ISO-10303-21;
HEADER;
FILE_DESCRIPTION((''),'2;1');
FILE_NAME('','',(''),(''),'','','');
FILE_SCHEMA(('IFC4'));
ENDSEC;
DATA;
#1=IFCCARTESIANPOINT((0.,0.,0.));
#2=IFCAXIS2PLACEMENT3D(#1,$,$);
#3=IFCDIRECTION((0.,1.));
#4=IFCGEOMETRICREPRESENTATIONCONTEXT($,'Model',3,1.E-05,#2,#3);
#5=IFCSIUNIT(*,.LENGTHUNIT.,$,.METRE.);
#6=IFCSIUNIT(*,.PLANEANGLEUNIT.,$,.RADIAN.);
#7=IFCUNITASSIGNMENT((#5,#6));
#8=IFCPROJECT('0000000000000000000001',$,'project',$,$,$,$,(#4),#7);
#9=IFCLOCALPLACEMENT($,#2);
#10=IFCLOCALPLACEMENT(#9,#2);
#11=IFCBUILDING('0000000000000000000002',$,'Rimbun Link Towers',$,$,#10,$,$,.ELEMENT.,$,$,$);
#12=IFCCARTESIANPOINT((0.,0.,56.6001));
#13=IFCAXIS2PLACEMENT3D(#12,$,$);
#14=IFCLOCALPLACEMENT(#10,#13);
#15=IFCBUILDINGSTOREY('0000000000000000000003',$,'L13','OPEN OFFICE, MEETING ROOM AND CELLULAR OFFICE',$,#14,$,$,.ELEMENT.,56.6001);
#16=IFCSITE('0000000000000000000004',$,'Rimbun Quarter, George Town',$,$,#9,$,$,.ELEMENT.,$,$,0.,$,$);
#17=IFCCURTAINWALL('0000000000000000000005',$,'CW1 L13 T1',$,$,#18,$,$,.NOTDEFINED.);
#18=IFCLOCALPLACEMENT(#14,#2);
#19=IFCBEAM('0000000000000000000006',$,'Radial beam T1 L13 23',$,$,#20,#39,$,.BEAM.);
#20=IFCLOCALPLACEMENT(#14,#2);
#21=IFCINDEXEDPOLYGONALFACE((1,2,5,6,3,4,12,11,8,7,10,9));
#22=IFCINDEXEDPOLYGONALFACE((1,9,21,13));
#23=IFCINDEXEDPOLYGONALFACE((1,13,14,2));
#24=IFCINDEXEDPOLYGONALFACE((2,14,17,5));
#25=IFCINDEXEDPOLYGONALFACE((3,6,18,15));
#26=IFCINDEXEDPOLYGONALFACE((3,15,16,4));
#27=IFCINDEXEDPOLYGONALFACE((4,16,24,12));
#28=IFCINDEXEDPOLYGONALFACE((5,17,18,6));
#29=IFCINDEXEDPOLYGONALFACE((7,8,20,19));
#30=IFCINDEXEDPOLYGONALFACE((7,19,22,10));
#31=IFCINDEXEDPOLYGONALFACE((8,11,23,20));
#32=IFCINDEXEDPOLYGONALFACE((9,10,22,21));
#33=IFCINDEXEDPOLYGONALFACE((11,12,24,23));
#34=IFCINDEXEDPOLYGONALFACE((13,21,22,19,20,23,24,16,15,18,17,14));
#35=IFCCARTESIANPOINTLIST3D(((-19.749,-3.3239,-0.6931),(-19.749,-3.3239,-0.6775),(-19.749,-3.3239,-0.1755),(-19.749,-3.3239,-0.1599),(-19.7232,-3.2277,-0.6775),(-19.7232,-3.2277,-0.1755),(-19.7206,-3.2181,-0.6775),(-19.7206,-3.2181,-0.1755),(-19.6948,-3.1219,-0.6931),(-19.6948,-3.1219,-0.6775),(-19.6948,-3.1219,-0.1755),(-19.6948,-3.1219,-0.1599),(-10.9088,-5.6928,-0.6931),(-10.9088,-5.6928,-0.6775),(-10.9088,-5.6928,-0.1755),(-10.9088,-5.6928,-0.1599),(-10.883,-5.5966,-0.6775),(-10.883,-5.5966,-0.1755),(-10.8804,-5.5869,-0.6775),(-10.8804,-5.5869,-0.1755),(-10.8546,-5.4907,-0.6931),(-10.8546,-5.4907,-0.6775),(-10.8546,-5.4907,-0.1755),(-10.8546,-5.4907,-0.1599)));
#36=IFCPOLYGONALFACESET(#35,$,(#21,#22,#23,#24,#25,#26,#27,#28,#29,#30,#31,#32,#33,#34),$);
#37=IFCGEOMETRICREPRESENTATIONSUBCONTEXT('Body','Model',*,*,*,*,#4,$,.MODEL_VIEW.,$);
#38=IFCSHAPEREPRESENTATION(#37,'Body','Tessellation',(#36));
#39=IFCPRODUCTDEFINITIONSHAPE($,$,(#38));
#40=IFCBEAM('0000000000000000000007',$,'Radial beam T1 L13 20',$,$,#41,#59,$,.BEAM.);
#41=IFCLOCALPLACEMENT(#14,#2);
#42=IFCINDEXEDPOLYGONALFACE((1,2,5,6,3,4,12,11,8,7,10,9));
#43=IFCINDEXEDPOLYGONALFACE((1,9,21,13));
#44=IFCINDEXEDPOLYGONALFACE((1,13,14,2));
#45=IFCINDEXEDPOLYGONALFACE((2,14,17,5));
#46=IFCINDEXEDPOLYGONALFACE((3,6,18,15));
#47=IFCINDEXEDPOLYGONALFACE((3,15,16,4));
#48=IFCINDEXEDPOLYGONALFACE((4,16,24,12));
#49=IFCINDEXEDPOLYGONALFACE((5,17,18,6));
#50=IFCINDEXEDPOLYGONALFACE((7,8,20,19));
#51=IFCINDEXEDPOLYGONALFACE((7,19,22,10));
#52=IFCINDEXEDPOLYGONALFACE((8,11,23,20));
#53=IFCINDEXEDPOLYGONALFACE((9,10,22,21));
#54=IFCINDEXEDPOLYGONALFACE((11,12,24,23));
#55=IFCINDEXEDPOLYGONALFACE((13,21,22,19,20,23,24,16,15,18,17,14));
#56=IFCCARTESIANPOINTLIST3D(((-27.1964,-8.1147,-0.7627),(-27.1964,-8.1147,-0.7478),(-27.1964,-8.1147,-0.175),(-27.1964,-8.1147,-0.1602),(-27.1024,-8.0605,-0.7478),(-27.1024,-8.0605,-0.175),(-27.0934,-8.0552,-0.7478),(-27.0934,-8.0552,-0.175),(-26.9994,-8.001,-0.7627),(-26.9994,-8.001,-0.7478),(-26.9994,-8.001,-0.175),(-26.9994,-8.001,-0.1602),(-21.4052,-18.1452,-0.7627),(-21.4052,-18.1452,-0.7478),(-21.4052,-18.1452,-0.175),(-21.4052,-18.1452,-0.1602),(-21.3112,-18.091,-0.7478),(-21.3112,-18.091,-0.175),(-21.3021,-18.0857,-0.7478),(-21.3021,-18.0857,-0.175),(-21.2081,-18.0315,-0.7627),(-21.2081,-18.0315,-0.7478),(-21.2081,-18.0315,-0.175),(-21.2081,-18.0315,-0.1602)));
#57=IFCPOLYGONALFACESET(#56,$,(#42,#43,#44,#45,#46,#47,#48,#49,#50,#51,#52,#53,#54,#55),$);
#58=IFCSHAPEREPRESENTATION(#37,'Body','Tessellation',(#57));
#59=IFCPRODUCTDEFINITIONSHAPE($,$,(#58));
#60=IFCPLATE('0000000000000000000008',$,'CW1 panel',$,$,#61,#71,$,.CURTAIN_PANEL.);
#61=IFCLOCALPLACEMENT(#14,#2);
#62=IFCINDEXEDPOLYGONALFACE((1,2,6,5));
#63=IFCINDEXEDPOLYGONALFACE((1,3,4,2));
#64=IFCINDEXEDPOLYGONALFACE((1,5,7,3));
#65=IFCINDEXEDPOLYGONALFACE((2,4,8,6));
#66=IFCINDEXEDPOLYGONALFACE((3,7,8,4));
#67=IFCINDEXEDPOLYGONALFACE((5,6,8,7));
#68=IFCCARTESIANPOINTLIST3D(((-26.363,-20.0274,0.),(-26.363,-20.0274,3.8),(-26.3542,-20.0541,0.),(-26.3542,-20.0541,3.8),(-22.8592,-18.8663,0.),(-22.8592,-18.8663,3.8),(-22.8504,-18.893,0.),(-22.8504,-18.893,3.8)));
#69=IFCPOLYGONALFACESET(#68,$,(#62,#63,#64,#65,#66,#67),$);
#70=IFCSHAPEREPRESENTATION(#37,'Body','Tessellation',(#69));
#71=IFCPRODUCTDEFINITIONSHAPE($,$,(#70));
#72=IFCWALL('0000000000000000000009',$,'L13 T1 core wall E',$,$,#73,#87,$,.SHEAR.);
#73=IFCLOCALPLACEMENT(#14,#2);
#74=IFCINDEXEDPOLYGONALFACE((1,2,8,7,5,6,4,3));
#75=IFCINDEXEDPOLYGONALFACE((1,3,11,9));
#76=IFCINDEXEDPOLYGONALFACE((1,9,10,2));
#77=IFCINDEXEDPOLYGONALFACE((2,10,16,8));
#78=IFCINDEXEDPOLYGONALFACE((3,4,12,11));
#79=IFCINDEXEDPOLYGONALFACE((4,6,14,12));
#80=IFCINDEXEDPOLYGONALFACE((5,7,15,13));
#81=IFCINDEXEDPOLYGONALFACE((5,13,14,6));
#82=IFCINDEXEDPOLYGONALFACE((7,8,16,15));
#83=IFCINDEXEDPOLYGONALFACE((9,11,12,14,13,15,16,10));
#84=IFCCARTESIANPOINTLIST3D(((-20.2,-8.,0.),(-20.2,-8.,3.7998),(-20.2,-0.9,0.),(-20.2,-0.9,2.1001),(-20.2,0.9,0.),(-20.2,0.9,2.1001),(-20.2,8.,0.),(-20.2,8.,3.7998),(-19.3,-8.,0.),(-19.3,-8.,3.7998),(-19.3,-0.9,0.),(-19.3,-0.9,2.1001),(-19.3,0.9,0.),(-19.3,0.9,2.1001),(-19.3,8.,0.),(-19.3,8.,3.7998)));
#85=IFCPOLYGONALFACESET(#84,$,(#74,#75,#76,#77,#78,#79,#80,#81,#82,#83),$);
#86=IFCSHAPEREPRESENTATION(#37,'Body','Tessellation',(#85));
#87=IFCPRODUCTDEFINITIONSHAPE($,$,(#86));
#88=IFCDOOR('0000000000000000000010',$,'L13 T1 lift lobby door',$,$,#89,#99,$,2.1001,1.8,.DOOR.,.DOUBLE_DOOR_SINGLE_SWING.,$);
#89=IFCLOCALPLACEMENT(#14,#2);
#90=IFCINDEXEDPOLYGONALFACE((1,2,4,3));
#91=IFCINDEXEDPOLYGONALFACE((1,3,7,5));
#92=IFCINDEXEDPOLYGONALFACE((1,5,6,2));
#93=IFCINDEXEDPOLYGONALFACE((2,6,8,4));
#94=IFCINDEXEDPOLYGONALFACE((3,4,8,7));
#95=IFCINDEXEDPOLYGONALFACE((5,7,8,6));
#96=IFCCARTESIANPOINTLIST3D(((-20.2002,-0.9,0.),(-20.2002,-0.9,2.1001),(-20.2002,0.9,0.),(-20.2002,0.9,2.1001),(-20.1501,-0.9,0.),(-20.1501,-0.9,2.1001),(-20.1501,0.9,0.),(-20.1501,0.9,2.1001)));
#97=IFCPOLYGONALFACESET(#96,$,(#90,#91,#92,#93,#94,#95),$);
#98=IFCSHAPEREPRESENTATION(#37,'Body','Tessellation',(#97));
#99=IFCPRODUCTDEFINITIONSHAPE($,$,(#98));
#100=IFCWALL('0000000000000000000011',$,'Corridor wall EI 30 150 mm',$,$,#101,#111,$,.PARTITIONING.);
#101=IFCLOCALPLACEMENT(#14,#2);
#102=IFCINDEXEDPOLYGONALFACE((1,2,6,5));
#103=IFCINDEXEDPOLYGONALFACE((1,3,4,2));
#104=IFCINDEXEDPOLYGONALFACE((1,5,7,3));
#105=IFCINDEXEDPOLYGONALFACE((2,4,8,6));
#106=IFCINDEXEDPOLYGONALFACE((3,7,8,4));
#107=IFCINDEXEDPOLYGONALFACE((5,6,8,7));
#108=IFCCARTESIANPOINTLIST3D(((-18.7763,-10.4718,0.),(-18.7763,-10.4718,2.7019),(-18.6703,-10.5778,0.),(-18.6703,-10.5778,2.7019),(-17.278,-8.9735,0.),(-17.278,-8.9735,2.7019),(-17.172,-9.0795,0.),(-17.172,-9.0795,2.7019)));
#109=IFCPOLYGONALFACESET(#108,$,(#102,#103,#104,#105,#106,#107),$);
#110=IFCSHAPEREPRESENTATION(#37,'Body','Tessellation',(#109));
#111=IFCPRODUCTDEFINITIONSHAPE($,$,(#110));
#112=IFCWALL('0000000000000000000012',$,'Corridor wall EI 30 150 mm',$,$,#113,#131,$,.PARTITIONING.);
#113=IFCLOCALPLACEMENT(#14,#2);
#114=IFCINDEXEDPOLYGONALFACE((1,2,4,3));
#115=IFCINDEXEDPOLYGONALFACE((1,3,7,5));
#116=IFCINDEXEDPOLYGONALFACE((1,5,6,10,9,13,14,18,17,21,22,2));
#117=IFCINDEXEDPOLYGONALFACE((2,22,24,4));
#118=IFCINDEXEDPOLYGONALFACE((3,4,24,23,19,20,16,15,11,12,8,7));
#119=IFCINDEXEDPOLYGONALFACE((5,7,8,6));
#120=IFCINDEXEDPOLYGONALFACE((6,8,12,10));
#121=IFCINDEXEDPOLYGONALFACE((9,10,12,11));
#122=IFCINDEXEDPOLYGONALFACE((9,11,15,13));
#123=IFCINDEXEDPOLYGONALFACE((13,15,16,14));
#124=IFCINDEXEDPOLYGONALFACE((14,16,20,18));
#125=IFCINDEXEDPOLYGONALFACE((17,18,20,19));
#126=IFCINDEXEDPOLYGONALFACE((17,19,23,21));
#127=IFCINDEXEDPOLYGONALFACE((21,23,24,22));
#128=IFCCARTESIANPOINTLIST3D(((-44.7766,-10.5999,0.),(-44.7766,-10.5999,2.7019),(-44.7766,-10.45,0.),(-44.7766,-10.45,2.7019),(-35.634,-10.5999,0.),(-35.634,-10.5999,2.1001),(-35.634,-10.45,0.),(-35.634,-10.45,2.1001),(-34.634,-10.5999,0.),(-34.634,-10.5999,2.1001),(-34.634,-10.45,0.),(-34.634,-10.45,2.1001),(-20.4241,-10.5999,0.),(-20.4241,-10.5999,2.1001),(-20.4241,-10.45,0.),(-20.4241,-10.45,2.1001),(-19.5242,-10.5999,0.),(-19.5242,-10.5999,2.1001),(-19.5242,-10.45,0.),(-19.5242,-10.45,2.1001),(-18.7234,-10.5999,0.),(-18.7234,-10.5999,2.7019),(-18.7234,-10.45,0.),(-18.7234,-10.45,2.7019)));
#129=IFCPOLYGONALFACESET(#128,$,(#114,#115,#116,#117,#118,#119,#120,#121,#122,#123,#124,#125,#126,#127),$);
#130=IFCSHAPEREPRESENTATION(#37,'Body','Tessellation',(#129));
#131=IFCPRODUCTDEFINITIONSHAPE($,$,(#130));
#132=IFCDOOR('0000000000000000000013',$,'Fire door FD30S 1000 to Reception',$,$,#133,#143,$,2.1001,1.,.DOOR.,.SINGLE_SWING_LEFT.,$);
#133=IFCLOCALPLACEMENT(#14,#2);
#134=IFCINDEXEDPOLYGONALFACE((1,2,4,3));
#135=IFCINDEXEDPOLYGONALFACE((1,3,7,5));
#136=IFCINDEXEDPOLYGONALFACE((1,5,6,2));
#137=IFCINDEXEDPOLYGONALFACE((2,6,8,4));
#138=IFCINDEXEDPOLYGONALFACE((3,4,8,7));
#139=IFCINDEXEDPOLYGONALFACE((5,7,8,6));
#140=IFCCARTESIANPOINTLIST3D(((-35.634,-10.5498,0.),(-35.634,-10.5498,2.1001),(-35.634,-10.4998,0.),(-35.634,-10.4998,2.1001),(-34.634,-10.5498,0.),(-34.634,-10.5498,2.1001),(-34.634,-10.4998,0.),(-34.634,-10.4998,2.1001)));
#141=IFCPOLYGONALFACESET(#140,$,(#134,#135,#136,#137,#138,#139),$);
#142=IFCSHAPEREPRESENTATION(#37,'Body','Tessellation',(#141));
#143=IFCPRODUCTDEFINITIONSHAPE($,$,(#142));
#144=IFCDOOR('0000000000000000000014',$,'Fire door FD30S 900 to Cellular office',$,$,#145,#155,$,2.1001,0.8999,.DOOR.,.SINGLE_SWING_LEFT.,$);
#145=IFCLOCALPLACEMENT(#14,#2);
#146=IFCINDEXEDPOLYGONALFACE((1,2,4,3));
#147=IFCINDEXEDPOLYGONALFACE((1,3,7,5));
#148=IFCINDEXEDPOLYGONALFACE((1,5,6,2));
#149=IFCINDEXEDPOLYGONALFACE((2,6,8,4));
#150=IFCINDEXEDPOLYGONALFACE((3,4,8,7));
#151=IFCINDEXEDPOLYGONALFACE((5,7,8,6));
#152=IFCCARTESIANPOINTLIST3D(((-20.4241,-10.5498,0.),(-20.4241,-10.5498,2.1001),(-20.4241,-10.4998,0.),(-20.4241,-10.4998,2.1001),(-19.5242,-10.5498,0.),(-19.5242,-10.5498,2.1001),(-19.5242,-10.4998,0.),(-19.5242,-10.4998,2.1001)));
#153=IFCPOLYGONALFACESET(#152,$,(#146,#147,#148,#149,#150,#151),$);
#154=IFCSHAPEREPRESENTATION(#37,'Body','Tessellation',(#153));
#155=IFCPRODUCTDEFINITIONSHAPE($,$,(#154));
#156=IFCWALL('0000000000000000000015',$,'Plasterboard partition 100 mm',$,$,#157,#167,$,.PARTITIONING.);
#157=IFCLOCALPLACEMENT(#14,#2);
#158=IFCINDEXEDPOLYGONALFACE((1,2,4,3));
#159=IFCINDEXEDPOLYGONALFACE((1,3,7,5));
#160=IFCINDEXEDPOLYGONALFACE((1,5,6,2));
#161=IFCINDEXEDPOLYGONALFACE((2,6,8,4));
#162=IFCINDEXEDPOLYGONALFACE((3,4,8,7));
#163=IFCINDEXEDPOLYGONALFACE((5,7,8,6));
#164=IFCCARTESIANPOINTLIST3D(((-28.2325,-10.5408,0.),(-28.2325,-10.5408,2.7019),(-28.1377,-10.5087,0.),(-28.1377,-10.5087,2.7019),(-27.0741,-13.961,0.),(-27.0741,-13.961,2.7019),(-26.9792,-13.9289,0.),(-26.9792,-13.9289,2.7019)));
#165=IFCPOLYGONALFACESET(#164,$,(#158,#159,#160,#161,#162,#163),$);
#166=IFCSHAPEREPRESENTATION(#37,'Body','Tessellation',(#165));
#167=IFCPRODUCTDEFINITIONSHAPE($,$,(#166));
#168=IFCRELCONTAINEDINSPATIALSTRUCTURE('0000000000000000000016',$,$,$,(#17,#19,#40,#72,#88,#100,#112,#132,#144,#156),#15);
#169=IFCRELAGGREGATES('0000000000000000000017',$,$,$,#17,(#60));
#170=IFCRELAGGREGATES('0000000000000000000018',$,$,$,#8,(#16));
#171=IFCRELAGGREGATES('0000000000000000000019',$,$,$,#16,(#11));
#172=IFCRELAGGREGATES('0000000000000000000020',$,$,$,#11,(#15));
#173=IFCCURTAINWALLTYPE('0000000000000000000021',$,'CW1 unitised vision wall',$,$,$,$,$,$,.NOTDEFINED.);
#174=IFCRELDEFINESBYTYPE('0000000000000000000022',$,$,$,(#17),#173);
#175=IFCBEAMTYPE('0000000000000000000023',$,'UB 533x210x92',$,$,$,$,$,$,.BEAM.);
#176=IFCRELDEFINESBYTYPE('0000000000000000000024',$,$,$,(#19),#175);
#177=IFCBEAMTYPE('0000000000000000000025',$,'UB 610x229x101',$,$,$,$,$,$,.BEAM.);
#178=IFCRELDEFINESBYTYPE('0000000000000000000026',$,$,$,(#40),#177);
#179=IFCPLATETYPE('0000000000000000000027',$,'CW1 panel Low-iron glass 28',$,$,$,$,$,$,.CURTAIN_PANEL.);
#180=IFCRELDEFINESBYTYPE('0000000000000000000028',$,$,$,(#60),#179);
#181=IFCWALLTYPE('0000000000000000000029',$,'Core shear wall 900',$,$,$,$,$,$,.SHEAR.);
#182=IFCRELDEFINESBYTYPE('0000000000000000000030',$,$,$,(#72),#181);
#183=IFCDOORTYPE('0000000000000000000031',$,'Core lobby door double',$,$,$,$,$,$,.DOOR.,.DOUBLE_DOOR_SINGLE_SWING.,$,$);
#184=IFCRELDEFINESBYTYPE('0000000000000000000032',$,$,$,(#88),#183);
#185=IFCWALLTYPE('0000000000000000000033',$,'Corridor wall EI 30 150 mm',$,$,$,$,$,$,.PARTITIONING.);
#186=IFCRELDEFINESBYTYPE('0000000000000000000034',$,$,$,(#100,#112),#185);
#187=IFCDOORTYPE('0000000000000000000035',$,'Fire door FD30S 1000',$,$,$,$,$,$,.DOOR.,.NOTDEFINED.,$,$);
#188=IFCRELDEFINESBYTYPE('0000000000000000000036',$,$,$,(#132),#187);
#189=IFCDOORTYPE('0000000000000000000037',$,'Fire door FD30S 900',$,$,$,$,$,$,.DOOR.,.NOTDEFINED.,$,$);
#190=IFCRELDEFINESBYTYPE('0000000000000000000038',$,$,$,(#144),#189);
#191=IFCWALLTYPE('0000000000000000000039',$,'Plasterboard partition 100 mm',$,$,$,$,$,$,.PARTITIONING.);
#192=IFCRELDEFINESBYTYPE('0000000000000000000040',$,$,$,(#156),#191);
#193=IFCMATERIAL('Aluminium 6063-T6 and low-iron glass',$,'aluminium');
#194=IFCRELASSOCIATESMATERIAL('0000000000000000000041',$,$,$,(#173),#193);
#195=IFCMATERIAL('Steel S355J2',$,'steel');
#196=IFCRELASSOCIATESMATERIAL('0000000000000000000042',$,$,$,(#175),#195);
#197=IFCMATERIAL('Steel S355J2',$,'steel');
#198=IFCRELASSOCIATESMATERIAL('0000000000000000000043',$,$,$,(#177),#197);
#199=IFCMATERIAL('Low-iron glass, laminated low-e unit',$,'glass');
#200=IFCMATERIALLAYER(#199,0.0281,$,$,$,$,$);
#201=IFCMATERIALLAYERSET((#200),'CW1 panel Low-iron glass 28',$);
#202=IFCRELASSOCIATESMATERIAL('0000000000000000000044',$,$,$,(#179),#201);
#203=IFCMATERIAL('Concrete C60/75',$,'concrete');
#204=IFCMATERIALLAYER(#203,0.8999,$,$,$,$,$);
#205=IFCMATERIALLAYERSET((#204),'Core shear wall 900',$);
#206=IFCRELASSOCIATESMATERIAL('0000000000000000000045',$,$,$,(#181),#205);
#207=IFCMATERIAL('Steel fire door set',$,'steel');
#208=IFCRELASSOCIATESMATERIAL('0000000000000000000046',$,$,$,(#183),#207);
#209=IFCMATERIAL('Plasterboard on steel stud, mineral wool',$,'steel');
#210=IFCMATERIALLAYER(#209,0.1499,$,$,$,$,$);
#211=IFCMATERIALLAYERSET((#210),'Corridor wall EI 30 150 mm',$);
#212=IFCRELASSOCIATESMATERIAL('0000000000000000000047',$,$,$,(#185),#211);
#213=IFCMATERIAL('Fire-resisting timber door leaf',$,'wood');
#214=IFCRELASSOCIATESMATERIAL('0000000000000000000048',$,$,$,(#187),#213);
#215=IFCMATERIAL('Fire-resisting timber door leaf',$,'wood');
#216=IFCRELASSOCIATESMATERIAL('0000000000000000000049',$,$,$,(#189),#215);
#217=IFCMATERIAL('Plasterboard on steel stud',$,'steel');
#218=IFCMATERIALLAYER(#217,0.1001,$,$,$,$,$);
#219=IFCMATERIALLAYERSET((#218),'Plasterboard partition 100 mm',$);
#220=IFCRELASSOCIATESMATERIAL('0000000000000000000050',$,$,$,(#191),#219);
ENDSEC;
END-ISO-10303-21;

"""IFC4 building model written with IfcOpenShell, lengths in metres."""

from ifc_helpers import new_model, si_unit, direction, frame, frame_2d, origin, origin_2d, place, context, subcontext, project, spatial, rectangle, i_section, extrude, material, layer, layer_set, material_profile, profile_set, type_object, element, fill, aggregate, save


model = new_model("IFC4")

# Units and contexts
model_context = context("Model", 3, precision=1e-05, world=origin(), true_north=direction((0.0, 1.0)))
body_context = subcontext(model_context, "Body", "Model", "MODEL_VIEW")
ifc_project = project(units=[si_unit("LENGTHUNIT", "METRE"), si_unit("PLANEANGLEUNIT", "RADIAN")], contexts=[model_context])

# Site, building, storey
site_placement = place(None, origin())
site = spatial("IfcSite", under=ifc_project, at=site_placement, Name="Rimbun Quarter, George Town", CompositionType="ELEMENT", RefElevation=0.0)
building_placement = place(site_placement, origin())
building = spatial("IfcBuilding", under=site, at=building_placement, Name="Rimbun Link Towers", CompositionType="ELEMENT")
storey_placement = place(building_placement, frame((0.0, 0.0, 56.6001)))
storey = spatial("IfcBuildingStorey", under=building, at=storey_placement, Name="L13", Description="OPEN OFFICE, MEETING ROOM AND CELLULAR OFFICE", CompositionType="ELEMENT", Elevation=56.6001)

# Curtain wall
ifc_material_1 = material(Name="Aluminium 6063-T6 and low-iron glass", Category="aluminium")
curtain_wall_type = type_object("IfcCurtainWallType", Name="CW1 unitised vision wall", PredefinedType="NOTDEFINED", material=ifc_material_1)
curtain_wall_placement = place(storey_placement, origin())
curtain_wall = element("IfcCurtainWall", 1, at=curtain_wall_placement, inside=storey, type_object=curtain_wall_type, Name="CW1 L13 T1", PredefinedType="NOTDEFINED")

# Beams
ifc_material_2 = material(Name="Steel S355J2", Category="steel")
ifc_material_profile_1 = material_profile(ifc_material_2, i_section(OverallWidth=0.2092, OverallDepth=0.5332, WebThickness=0.01, FlangeThickness=0.0156, at=origin_2d()), Name="UB 533x210x92")
ifc_profile_set_1 = profile_set([ifc_material_profile_1], Name="Steel S355J2")
beam_type_1 = type_object("IfcBeamType", Name="UB 533x210x92", PredefinedType="BEAM", material=ifc_profile_set_1)
beam_1_placement = place(storey_placement, frame((-19.7219, -3.2229, -0.4265), z_axis=(0.965922, -0.258833, 0.0), x_axis=(0.258833, 0.965922, 0.0)))
element("IfcBeam", 2, at=beam_1_placement, inside=storey, type_object=beam_type_1, Name="Radial beam T1 L13 23", PredefinedType="BEAM", context=body_context, shape_type="SweptSolid", body=[
    extrude(i_section(OverallWidth=0.2092, OverallDepth=0.5332, WebThickness=0.01, FlangeThickness=0.0156, at=origin_2d()), origin(), (0.0, 0.0, 1.0), 9.1521),
])
ifc_material_3 = material(Name="Steel S355J2", Category="steel")
ifc_material_profile_2 = material_profile(ifc_material_3, i_section(OverallWidth=0.2275, OverallDepth=0.6025, WebThickness=0.0105, FlangeThickness=0.0149, at=origin_2d()), Name="UB 610x229x101")
ifc_profile_set_2 = profile_set([ifc_material_profile_2], Name="Steel S355J2")
beam_type_2 = type_object("IfcBeamType", Name="UB 610x229x101", PredefinedType="BEAM", material=ifc_profile_set_2)
beam_2_placement = place(storey_placement, frame((-27.0979, -8.0579, -0.4614), z_axis=(0.500009, -0.86602, 0.0), x_axis=(0.86602, 0.500009, 0.0)))
element("IfcBeam", 3, at=beam_2_placement, inside=storey, type_object=beam_type_2, Name="Radial beam T1 L13 20", PredefinedType="BEAM", context=body_context, shape_type="SweptSolid", body=[
    extrude(i_section(OverallWidth=0.2275, OverallDepth=0.6025, WebThickness=0.0105, FlangeThickness=0.0149, at=origin_2d()), origin(), (0.0, 0.0, 1.0), 11.5823),
])

# Plate
ifc_material_4 = material(Name="Low-iron glass, laminated low-e unit", Category="glass")
ifc_layer_1 = layer(ifc_material_4, 0.0281)
ifc_layer_set_1 = layer_set([ifc_layer_1], Name="CW1 panel Low-iron glass 28")
plate_type = type_object("IfcPlateType", Name="CW1 panel Low-iron glass 28", PredefinedType="CURTAIN_PANEL", material=ifc_layer_set_1)
plate_placement = place(storey_placement, frame((-24.6067, -19.4602, 0.0), z_axis=(0.0, 0.0, 1.0), x_axis=(-0.949236, -0.314563, 0.0)))
plate = element("IfcPlate", 4, at=plate_placement, type_object=plate_type, Name="CW1 panel", PredefinedType="CURTAIN_PANEL", context=body_context, shape_type="SweptSolid", body=[
    extrude(rectangle(XDim=3.6912, YDim=0.0281, at=origin_2d()), origin(), (0.0, 0.0, 1.0), 3.8),
])
aggregate(curtain_wall, [plate])

# Wall, opening, door
ifc_material_5 = material(Name="Concrete C60/75", Category="concrete")
ifc_layer_2 = layer(ifc_material_5, 0.8999)
ifc_layer_set_2 = layer_set([ifc_layer_2], Name="Core shear wall 900")
wall_type_1 = type_object("IfcWallType", Name="Core shear wall 900", PredefinedType="SHEAR", material=ifc_layer_set_2)
wall_1_placement = place(storey_placement, frame((-19.75, -8.0, 0.0), z_axis=(0.0, 0.0, 1.0), x_axis=(0.0, 1.0, 0.0)))
wall_1 = element("IfcWall", 5, at=wall_1_placement, inside=storey, type_object=wall_type_1, Name="L13 T1 core wall E", PredefinedType="SHEAR", context=body_context, shape_type="SweptSolid", body=[
    extrude(rectangle(XDim=16.0, YDim=0.8999, at=frame_2d((8.0, 0.0))), origin(), (0.0, 0.0, 1.0), 3.7998),
])
opening_1_placement = place(wall_1_placement, frame((7.1001, 0.0, 0.0)))
opening_1 = element("IfcOpeningElement", 6, at=opening_1_placement, cuts=wall_1, PredefinedType="OPENING", context=body_context, shape_type="SweptSolid", body=[
    extrude(rectangle(XDim=1.8, YDim=2.1001, at=frame_2d((0.8999, 1.05))), frame((0.0, 0.46, 0.0), z_axis=(0.0, -1.0, 0.0), x_axis=(1.0, 0.0, 0.0)), (0.0, 0.0, 1.0), 0.9199),
])
ifc_material_6 = material(Name="Steel fire door set", Category="steel")
door_type_1 = type_object("IfcDoorType", Name="Core lobby door double", OperationType="DOUBLE_DOOR_SINGLE_SWING", PredefinedType="DOOR", material=ifc_material_6)
door_1_placement = place(opening_1_placement, origin())
door_1 = element("IfcDoor", 7, at=door_1_placement, inside=storey, type_object=door_type_1, Name="L13 T1 lift lobby door", OperationType="DOUBLE_DOOR_SINGLE_SWING", OverallHeight=2.1001, OverallWidth=1.8, PredefinedType="DOOR", context=body_context, shape_type="SweptSolid", body=[
    extrude(rectangle(XDim=1.8, YDim=2.1001, at=frame_2d((0.8999, 1.05))), frame((0.0, 0.4502, 0.0), z_axis=(0.0, -1.0, 0.0), x_axis=(1.0, 0.0, 0.0)), (0.0, 0.0, 1.0), 0.05),
])
fill(opening_1, door_1)

# Wall
ifc_material_7 = material(Name="Plasterboard on steel stud, mineral wool", Category="steel")
ifc_layer_3 = layer(ifc_material_7, 0.1499)
ifc_layer_set_3 = layer_set([ifc_layer_3], Name="Corridor wall EI 30 150 mm")
wall_type_2 = type_object("IfcWallType", Name="Corridor wall EI 30 150 mm", PredefinedType="PARTITIONING", material=ifc_layer_set_3)
wall_2_placement = place(storey_placement, frame((-18.7234, -10.5249, 0.0), z_axis=(0.0, 0.0, 1.0), x_axis=(0.707107, 0.707107, 0.0)))
element("IfcWall", 8, at=wall_2_placement, inside=storey, type_object=wall_type_2, Name="Corridor wall EI 30 150 mm", PredefinedType="PARTITIONING", context=body_context, shape_type="SweptSolid", body=[
    extrude(rectangle(XDim=2.1189, YDim=0.1499, at=frame_2d((1.0596, 0.0))), origin(), (0.0, 0.0, 1.0), 2.7019),
])

# Wall, openings, doors
wall_3_placement = place(storey_placement, frame((-18.7234, -10.5249, 0.0), z_axis=(0.0, 0.0, 1.0), x_axis=(-1.0, 0.0, 0.0)))
wall_3 = element("IfcWall", 9, at=wall_3_placement, inside=storey, type_object=wall_type_2, Name="Corridor wall EI 30 150 mm", PredefinedType="PARTITIONING", context=body_context, shape_type="SweptSolid", body=[
    extrude(rectangle(XDim=26.0532, YDim=0.1499, at=frame_2d((13.0266, 0.0))), origin(), (0.0, 0.0, 1.0), 2.7019),
])
opening_2_placement = place(wall_3_placement, frame((15.9106, 0.0, 0.0)))
opening_2 = element("IfcOpeningElement", 10, at=opening_2_placement, cuts=wall_3, PredefinedType="OPENING", context=body_context, shape_type="SweptSolid", body=[
    extrude(rectangle(XDim=1.0, YDim=2.1001, at=frame_2d((0.5, 1.05))), frame((0.0, 0.085, 0.0), z_axis=(0.0, -1.0, 0.0), x_axis=(1.0, 0.0, 0.0)), (0.0, 0.0, 1.0), 0.1699),
])
opening_3_placement = place(wall_3_placement, frame((0.8008, 0.0, 0.0)))
opening_3 = element("IfcOpeningElement", 11, at=opening_3_placement, cuts=wall_3, PredefinedType="OPENING", context=body_context, shape_type="SweptSolid", body=[
    extrude(rectangle(XDim=0.8999, YDim=2.1001, at=frame_2d((0.45, 1.05))), frame((0.0, 0.085, 0.0), z_axis=(0.0, -1.0, 0.0), x_axis=(1.0, 0.0, 0.0)), (0.0, 0.0, 1.0), 0.1699),
])
ifc_material_8 = material(Name="Fire-resisting timber door leaf", Category="wood")
door_type_2 = type_object("IfcDoorType", Name="Fire door FD30S 1000", OperationType="NOTDEFINED", PredefinedType="DOOR", material=ifc_material_8)
door_2_placement = place(opening_2_placement, origin())
door_2 = element("IfcDoor", 12, at=door_2_placement, inside=storey, type_object=door_type_2, Name="Fire door FD30S 1000 to Reception", OperationType="SINGLE_SWING_LEFT", OverallHeight=2.1001, OverallWidth=1.0, PredefinedType="DOOR", context=body_context, shape_type="SweptSolid", body=[
    extrude(rectangle(XDim=1.0, YDim=2.1001, at=frame_2d((0.5, 1.05))), frame((0.0, 0.0249, 0.0), z_axis=(0.0, -1.0, 0.0), x_axis=(1.0, 0.0, 0.0)), (0.0, 0.0, 1.0), 0.05),
])
fill(opening_2, door_2)
ifc_material_9 = material(Name="Fire-resisting timber door leaf", Category="wood")
door_type_3 = type_object("IfcDoorType", Name="Fire door FD30S 900", OperationType="NOTDEFINED", PredefinedType="DOOR", material=ifc_material_9)
door_3_placement = place(opening_3_placement, origin())
door_3 = element("IfcDoor", 13, at=door_3_placement, inside=storey, type_object=door_type_3, Name="Fire door FD30S 900 to Cellular office", OperationType="SINGLE_SWING_LEFT", OverallHeight=2.1001, OverallWidth=0.8999, PredefinedType="DOOR", context=body_context, shape_type="SweptSolid", body=[
    extrude(rectangle(XDim=0.8999, YDim=2.1001, at=frame_2d((0.45, 1.05))), frame((0.0, 0.0249, 0.0), z_axis=(0.0, -1.0, 0.0), x_axis=(1.0, 0.0, 0.0)), (0.0, 0.0, 1.0), 0.05),
])
fill(opening_3, door_3)

# Wall
ifc_material_10 = material(Name="Plasterboard on steel stud", Category="steel")
ifc_layer_4 = layer(ifc_material_10, 0.1001)
ifc_layer_set_4 = layer_set([ifc_layer_4], Name="Plasterboard partition 100 mm")
wall_type_3 = type_object("IfcWallType", Name="Plasterboard partition 100 mm", PredefinedType="PARTITIONING", material=ifc_layer_set_4)
wall_4_placement = place(storey_placement, frame((-27.0266, -13.9451, 0.0), z_axis=(0.0, 0.0, 1.0), x_axis=(-0.320808, 0.947144, 0.0)))
element("IfcWall", 14, at=wall_4_placement, inside=storey, type_object=wall_type_3, Name="Plasterboard partition 100 mm", PredefinedType="PARTITIONING", context=body_context, shape_type="SweptSolid", body=[
    extrude(rectangle(XDim=3.6111, YDim=0.1001, at=frame_2d((1.8057, 0.0))), origin(), (0.0, 0.0, 1.0), 2.7019),
])

save(model, "model.ifc")
